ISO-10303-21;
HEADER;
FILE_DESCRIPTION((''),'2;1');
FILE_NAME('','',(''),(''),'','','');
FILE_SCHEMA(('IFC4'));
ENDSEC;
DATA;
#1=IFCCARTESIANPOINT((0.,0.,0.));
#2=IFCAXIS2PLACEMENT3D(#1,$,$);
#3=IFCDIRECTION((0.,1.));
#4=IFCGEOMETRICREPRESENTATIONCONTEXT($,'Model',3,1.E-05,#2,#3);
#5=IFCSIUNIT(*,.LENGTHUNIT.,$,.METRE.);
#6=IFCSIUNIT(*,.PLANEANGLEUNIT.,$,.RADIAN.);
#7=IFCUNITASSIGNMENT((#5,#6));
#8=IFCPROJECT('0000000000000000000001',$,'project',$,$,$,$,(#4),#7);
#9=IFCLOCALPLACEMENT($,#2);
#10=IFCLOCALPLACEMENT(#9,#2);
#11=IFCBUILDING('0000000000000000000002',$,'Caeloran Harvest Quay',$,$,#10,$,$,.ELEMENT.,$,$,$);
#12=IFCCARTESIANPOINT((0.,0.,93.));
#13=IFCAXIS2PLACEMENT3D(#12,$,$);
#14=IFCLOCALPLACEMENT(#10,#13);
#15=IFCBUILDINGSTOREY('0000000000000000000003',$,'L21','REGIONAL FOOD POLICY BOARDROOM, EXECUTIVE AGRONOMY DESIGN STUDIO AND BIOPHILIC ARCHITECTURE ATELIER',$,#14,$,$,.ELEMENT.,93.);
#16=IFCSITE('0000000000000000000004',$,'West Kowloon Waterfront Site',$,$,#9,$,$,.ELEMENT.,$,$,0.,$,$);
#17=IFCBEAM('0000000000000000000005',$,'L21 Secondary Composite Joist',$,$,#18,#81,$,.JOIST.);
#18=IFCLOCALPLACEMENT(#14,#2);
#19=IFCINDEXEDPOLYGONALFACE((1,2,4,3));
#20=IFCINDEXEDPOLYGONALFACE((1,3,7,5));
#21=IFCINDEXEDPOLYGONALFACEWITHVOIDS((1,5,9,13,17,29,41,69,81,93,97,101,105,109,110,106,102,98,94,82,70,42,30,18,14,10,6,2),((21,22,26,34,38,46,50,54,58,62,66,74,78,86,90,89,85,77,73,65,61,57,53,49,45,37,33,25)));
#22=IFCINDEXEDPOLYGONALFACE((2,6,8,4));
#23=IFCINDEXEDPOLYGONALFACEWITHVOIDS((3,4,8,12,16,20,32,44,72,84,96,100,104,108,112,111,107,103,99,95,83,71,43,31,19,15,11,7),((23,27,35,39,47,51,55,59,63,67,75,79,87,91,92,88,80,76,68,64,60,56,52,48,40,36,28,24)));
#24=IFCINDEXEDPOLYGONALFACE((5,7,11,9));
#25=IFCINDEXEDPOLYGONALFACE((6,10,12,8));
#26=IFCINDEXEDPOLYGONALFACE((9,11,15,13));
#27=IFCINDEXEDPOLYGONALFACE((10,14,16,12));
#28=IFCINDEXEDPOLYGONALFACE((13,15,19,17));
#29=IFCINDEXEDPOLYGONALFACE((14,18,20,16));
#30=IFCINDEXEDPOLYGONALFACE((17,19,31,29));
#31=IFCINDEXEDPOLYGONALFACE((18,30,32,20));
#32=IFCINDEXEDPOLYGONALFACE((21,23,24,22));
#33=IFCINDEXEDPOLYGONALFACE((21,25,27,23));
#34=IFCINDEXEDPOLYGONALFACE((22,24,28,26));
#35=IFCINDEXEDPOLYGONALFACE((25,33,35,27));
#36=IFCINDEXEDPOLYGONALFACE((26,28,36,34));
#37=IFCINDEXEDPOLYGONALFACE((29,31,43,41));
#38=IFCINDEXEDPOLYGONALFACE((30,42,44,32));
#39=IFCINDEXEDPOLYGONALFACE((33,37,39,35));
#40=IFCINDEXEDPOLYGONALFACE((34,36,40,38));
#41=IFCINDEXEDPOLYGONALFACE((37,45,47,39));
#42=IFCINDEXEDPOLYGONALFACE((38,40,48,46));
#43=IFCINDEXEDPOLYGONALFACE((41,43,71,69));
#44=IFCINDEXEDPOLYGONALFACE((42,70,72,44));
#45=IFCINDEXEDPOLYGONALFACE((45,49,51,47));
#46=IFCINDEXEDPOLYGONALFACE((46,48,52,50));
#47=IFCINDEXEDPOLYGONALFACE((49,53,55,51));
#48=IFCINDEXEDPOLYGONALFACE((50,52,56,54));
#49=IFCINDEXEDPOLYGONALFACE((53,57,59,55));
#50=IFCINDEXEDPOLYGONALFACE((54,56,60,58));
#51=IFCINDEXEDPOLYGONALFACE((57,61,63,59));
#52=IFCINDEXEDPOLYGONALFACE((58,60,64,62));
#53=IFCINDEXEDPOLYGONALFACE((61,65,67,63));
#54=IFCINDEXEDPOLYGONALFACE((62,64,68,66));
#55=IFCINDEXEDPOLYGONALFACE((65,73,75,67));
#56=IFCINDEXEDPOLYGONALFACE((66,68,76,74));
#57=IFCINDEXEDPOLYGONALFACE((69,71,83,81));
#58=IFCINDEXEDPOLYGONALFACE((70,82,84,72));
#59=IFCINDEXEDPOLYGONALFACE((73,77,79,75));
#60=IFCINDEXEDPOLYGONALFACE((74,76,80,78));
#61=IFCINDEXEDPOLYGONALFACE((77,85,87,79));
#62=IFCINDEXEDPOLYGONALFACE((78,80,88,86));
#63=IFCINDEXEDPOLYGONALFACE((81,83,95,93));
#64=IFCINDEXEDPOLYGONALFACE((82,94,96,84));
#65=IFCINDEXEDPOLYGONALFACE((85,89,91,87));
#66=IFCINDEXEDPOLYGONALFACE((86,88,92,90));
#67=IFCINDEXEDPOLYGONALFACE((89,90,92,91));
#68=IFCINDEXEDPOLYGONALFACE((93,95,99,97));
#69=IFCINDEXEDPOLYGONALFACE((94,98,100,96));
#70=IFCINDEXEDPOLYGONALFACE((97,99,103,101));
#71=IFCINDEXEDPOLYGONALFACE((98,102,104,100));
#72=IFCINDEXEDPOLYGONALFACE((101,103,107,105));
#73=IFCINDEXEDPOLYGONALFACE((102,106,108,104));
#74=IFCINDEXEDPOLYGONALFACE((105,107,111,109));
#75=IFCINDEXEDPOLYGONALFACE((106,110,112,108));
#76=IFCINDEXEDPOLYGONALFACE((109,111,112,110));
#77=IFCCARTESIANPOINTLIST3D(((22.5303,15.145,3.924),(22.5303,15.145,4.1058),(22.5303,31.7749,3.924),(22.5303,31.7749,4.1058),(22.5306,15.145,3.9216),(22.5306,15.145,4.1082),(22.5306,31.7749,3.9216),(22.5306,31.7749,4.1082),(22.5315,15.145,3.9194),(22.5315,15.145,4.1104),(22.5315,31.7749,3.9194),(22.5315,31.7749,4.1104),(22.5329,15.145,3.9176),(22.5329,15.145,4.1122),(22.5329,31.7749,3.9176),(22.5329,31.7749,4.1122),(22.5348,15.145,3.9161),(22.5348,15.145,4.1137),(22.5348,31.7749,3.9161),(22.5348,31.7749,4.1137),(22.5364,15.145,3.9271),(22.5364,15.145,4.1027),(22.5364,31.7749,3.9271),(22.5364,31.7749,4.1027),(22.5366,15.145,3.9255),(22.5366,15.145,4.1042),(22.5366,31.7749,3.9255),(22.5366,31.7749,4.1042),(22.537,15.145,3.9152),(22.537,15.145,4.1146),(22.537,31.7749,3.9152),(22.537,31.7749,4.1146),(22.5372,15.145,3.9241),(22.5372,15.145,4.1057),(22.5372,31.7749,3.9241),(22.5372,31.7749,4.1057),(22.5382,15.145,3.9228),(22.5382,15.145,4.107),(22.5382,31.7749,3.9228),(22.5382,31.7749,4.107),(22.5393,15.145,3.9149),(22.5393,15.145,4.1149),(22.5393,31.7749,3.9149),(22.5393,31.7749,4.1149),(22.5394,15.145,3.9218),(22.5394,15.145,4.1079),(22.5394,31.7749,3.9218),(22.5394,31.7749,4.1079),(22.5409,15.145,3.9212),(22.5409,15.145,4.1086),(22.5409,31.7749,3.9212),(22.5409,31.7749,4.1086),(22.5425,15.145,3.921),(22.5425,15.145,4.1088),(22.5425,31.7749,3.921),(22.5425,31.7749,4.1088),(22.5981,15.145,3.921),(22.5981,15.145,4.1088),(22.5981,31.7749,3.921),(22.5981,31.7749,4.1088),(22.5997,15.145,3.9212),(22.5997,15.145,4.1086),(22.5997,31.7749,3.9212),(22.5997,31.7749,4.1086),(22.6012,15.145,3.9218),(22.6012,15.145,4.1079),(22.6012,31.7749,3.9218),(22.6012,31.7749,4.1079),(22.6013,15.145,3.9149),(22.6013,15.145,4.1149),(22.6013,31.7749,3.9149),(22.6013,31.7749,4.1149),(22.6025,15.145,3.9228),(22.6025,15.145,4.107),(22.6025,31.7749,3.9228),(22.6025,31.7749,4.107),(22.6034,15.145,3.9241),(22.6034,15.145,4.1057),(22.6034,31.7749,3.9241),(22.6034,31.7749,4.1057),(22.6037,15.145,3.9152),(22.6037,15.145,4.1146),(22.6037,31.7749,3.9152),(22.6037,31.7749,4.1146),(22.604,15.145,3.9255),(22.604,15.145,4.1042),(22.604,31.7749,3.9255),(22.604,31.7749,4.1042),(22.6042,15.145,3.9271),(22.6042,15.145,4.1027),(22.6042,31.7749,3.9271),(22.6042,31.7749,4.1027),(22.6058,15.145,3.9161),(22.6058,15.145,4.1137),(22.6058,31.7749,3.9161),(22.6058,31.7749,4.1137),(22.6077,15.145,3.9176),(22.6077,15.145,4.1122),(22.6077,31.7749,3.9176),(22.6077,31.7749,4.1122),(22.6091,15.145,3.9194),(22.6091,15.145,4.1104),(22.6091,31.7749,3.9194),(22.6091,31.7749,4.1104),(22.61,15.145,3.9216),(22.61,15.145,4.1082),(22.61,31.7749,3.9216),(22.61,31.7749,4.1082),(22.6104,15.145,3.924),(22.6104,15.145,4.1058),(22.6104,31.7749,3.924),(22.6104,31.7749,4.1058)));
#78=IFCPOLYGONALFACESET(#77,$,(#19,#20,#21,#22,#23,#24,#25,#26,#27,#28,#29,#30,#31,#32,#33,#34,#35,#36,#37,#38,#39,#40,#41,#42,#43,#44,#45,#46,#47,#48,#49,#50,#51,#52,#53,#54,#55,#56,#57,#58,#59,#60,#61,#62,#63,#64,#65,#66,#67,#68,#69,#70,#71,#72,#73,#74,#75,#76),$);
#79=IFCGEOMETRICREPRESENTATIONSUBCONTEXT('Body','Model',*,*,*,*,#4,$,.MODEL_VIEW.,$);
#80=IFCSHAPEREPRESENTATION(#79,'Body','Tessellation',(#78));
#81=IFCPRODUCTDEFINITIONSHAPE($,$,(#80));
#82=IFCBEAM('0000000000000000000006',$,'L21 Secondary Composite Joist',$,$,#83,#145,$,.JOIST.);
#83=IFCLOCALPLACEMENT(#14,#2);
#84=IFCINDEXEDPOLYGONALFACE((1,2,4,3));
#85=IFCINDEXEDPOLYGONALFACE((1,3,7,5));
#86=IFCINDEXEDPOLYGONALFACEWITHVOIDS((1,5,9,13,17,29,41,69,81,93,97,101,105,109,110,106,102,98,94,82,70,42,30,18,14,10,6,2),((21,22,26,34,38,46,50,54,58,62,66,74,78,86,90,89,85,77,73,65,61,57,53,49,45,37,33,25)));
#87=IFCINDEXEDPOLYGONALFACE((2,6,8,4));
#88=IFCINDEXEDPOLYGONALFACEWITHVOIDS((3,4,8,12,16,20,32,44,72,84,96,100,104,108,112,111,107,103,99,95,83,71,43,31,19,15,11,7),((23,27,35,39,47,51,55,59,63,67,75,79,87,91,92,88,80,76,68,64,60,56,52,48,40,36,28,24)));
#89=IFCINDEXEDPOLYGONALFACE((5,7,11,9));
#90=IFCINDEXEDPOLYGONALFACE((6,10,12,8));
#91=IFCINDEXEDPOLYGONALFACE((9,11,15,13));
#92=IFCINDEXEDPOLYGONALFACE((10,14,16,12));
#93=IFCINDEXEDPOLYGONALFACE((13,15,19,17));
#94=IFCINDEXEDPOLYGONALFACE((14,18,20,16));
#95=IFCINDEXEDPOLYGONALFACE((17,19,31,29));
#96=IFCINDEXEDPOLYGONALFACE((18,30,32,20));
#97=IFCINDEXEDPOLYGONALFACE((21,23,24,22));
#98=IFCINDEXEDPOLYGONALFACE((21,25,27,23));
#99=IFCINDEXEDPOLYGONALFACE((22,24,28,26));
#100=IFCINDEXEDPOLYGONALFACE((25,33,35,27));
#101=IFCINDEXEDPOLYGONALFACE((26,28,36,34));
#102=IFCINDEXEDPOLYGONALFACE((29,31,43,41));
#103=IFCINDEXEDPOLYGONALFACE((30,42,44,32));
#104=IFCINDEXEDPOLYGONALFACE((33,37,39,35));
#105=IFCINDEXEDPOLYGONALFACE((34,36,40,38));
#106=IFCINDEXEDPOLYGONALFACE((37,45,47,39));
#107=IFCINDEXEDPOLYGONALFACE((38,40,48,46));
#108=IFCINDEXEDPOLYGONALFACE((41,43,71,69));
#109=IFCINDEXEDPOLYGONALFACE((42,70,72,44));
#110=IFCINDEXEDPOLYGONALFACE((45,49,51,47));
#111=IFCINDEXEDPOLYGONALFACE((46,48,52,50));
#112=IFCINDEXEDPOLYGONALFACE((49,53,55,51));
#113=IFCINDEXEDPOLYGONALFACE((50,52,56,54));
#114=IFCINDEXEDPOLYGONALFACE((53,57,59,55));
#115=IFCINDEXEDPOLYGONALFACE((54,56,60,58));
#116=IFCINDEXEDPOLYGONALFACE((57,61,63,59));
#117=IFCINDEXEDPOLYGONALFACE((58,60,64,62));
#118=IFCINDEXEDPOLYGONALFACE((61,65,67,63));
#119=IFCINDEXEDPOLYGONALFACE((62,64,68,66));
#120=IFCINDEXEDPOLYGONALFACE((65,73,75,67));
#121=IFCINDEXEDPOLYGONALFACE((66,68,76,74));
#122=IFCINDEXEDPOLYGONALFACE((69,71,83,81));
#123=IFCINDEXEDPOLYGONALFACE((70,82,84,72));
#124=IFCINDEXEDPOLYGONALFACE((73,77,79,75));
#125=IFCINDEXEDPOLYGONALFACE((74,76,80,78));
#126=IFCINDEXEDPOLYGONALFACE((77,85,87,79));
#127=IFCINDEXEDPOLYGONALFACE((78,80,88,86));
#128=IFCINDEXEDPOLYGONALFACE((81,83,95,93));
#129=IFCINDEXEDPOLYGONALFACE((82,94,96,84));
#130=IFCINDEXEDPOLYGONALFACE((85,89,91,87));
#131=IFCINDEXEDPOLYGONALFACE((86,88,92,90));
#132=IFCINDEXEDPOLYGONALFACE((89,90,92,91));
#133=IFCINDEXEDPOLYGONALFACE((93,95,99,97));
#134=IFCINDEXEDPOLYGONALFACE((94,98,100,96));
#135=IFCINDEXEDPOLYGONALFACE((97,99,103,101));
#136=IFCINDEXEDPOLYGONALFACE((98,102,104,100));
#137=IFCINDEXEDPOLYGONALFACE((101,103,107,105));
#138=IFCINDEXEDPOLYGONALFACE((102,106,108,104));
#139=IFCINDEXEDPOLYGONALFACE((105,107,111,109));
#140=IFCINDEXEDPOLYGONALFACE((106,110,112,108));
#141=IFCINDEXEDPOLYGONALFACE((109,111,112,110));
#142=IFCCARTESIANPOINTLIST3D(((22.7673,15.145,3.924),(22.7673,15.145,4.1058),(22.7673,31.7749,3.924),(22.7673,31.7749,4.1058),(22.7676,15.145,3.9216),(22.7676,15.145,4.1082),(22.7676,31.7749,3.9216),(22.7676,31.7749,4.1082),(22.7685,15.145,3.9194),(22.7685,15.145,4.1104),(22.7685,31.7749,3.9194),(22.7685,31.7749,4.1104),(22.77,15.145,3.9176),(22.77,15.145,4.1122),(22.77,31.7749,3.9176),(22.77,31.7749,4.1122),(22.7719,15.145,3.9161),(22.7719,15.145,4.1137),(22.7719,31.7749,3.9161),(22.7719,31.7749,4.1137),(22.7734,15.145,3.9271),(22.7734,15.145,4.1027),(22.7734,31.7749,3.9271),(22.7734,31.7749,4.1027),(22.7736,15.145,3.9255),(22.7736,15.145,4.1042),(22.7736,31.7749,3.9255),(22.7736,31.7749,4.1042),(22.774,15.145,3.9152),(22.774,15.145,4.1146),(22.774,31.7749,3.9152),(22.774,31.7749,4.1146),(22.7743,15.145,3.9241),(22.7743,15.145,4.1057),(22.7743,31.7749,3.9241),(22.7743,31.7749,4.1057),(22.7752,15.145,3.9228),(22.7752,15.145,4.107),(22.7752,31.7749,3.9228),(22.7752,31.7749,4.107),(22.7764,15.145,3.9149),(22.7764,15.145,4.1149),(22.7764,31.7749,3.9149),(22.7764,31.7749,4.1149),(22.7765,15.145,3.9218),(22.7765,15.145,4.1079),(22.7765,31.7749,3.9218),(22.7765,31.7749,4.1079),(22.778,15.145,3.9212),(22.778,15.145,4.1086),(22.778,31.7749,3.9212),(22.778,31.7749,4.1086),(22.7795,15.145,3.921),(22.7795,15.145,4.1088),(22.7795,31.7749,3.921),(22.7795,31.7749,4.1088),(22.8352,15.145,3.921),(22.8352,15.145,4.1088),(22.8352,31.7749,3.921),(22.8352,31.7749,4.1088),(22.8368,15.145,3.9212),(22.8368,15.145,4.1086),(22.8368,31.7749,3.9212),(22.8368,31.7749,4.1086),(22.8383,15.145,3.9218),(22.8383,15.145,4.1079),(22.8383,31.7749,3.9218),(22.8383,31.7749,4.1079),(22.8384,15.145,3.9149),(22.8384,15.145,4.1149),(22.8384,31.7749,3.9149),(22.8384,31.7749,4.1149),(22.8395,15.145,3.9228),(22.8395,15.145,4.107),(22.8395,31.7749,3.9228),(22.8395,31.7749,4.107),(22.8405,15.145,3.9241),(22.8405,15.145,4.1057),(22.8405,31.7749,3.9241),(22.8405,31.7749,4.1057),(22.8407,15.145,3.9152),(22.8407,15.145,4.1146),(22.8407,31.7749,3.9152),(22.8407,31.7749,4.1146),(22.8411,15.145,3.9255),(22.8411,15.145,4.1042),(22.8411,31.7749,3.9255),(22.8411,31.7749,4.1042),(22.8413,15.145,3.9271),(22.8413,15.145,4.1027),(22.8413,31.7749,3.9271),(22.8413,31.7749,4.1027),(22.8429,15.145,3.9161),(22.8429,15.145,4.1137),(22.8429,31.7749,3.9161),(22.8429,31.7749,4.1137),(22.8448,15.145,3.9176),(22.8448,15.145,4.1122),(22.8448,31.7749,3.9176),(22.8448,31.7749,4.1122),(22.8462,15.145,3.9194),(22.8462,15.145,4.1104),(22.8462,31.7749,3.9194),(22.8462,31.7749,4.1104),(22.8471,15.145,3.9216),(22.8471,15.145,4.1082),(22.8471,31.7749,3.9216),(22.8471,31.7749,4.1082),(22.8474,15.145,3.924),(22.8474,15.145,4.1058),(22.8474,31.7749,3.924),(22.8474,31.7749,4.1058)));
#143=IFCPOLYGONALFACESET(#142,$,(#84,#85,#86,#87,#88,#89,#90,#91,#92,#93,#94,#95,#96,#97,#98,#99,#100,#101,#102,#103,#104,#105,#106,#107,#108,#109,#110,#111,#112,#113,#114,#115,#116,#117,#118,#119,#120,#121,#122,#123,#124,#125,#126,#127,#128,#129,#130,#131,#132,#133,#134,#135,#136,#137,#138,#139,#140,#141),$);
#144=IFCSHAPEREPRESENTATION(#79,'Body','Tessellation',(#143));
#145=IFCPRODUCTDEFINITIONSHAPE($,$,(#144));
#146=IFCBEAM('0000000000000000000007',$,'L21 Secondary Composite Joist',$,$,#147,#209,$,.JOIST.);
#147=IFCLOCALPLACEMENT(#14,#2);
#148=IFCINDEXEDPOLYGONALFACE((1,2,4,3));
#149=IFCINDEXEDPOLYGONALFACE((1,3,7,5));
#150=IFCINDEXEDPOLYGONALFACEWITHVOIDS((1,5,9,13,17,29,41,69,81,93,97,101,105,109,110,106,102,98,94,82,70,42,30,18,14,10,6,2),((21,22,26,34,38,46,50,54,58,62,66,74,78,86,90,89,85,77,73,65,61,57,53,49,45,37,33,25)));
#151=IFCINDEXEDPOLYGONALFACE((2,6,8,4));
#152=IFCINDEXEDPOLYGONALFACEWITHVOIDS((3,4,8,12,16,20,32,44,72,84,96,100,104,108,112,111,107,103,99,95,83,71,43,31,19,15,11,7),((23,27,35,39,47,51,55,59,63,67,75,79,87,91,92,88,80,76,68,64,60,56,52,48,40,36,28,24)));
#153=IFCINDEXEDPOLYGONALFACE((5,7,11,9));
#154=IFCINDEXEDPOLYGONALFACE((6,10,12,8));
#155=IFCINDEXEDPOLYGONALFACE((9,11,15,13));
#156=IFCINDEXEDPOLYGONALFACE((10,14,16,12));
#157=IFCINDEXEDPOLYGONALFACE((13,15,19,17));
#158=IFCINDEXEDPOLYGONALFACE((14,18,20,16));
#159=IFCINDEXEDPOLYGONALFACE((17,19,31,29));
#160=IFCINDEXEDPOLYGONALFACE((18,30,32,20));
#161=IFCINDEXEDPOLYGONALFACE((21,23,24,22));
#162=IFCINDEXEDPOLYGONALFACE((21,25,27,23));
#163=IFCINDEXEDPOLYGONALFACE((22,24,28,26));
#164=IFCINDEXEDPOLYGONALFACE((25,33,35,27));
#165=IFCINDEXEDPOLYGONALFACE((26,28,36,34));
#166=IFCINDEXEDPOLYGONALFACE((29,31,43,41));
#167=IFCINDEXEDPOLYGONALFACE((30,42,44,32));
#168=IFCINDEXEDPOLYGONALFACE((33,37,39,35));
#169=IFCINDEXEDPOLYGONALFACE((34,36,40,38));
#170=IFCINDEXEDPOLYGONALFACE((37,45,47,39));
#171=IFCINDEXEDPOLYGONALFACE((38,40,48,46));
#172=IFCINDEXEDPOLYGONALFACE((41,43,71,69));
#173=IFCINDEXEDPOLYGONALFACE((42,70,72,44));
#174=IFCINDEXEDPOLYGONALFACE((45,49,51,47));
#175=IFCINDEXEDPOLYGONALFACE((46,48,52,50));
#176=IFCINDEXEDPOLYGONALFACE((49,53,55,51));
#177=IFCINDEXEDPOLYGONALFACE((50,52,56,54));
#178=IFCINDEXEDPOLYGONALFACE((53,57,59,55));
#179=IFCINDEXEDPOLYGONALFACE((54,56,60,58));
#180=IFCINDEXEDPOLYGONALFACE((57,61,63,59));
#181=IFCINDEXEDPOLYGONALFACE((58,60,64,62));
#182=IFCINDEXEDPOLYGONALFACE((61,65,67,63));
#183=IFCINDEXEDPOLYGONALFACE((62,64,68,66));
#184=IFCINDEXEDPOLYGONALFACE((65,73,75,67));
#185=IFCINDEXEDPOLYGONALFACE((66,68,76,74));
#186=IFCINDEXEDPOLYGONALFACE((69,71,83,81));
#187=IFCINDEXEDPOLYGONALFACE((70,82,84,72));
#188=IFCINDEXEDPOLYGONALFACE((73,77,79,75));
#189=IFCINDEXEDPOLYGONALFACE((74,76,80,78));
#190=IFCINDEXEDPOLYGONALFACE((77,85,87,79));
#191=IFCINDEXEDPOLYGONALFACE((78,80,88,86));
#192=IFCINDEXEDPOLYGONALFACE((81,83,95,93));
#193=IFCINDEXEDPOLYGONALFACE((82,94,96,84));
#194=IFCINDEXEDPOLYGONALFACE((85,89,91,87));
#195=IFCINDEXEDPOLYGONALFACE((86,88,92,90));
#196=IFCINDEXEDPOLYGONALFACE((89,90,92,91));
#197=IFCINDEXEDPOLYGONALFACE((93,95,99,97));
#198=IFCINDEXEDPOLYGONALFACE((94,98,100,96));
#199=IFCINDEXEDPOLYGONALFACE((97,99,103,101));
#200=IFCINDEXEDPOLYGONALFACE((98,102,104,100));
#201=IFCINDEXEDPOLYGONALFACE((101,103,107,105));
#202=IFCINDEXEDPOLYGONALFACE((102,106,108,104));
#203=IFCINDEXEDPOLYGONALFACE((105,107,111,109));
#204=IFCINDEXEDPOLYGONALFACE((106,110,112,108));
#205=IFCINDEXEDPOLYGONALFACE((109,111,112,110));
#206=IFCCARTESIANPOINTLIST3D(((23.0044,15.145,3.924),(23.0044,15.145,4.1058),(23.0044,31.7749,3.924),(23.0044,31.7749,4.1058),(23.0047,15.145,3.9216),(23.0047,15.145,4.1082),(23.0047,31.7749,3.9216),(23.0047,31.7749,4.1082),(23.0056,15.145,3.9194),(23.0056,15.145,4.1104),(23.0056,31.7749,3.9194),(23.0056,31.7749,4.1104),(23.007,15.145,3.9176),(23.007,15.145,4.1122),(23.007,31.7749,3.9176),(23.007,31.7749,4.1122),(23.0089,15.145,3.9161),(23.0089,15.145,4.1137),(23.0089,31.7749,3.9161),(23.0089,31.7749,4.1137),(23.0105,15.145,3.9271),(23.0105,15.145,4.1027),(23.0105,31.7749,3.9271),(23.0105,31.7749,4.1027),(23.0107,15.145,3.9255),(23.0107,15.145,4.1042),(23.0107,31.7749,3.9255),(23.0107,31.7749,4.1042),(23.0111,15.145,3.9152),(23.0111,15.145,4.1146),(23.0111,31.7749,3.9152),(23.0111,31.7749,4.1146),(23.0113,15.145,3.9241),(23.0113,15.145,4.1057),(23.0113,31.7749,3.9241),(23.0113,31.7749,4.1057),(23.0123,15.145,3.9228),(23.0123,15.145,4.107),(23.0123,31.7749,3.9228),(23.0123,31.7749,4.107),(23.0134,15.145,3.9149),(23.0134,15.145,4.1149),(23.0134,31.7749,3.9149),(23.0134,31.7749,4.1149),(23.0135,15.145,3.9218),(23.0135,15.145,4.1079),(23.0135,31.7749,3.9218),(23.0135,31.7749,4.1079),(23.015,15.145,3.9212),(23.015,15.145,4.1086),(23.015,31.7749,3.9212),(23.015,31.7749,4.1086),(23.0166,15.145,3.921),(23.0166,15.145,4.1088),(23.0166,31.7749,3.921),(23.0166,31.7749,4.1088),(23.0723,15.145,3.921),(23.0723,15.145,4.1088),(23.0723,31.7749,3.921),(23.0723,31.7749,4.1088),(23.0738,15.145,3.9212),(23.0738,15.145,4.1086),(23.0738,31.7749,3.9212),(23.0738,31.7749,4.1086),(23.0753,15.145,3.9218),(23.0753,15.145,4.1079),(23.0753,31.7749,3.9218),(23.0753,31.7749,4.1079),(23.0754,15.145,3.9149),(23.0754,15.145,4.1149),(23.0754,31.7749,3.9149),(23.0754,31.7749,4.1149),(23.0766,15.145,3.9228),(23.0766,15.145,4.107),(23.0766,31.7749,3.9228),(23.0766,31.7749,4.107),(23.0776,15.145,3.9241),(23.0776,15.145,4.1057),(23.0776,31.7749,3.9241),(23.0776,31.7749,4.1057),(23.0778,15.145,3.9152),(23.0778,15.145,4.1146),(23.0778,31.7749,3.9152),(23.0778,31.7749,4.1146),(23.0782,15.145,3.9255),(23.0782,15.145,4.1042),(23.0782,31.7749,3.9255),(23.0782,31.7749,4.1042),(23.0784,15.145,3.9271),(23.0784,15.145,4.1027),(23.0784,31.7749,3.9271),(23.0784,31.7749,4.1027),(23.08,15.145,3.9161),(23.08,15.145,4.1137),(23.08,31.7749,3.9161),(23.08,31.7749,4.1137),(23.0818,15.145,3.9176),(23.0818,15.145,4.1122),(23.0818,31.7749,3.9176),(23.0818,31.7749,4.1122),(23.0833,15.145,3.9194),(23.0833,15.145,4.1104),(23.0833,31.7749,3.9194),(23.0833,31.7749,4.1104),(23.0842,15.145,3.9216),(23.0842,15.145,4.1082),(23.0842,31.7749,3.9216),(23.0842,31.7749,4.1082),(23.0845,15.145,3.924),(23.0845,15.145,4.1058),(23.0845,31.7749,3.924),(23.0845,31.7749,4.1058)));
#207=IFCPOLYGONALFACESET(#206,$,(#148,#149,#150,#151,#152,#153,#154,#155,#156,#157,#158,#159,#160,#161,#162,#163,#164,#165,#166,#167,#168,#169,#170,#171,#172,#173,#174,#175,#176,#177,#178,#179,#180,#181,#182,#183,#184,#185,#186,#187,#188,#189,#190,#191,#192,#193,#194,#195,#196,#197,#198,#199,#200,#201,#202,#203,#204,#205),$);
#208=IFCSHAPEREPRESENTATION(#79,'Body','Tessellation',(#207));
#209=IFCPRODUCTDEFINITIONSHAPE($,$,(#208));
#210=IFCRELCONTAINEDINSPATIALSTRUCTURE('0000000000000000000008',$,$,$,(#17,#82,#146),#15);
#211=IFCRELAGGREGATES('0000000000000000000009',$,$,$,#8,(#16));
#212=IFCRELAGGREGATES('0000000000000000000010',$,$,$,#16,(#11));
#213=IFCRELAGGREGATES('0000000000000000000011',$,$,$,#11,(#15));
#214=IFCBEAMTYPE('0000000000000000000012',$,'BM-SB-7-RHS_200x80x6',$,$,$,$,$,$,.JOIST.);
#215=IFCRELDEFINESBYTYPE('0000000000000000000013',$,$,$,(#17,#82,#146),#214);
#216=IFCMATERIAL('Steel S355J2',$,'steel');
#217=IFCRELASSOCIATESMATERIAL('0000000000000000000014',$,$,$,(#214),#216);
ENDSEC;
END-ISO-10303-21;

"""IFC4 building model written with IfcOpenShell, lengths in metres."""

from ifc_helpers import new_model, si_unit, direction, frame, origin, origin_2d, place, context, subcontext, project, spatial, hollow_rectangle, extrude, material, material_profile, profile_set, type_object, element, save


model = new_model("IFC4")

# Units and contexts
model_context = context("Model", 3, precision=1e-05, world=origin(), true_north=direction((0.0, 1.0)))
body_context = subcontext(model_context, "Body", "Model", "MODEL_VIEW")
ifc_project = project(units=[si_unit("LENGTHUNIT", "METRE"), si_unit("PLANEANGLEUNIT", "RADIAN")], contexts=[model_context])

# Site, building, storey
site_placement = place(None, origin())
site = spatial("IfcSite", under=ifc_project, at=site_placement, Name="West Kowloon Waterfront Site", CompositionType="ELEMENT", RefElevation=0.0)
building_placement = place(site_placement, origin())
building = spatial("IfcBuilding", under=site, at=building_placement, Name="Caeloran Harvest Quay", CompositionType="ELEMENT")
storey_placement = place(building_placement, frame((0.0, 0.0, 93.0)))
storey = spatial("IfcBuildingStorey", under=building, at=storey_placement, Name="L21", Description="REGIONAL FOOD POLICY BOARDROOM, EXECUTIVE AGRONOMY DESIGN STUDIO AND BIOPHILIC ARCHITECTURE ATELIER", CompositionType="ELEMENT", Elevation=93.0)

# Beams
ifc_material_1 = material(Name="Steel S355J2", Category="steel")
ifc_material_profile_1 = material_profile(ifc_material_1, hollow_rectangle(XDim=0.0801, YDim=0.2, WallThickness=0.0061, InnerFilletRadius=0.0061, OuterFilletRadius=0.009, at=origin_2d()), Name="RHS 200x80x6")
ifc_profile_set_1 = profile_set([ifc_material_profile_1], Name="Steel S355J2")
beam_type_1 = type_object("IfcBeamType", Name="BM-SB-7-RHS_200x80x6", PredefinedType="JOIST", material=ifc_profile_set_1)
for number, where, z_axis, x_axis, name in (
    (1, (22.5703, 15.145, 4.0149), (0.0, 1.0, 0.0), (-1.0, 0.0, 0.0), "L21 Secondary Composite Joist"),
    (2, (22.8074, 15.145, 4.0149), (0.0, 1.0, 0.0), (-1.0, 0.0, 0.0), "L21 Secondary Composite Joist"),
    (3, (23.0444, 15.145, 4.0149), (0.0, 1.0, 0.0), (-1.0, 0.0, 0.0), "L21 Secondary Composite Joist"),
):
    element("IfcBeam", number, at=place(storey_placement, frame(where, z_axis=z_axis, x_axis=x_axis)), inside=storey, type_object=beam_type_1, Name=name, PredefinedType="JOIST", context=body_context, shape_type="SweptSolid", body=[
        extrude(hollow_rectangle(XDim=0.0801, YDim=0.2, WallThickness=0.0061, InnerFilletRadius=0.0061, OuterFilletRadius=0.009, at=origin_2d()), origin(), (0.0, 0.0, 1.0), 16.6299),
    ])

save(model, "model.ifc")
